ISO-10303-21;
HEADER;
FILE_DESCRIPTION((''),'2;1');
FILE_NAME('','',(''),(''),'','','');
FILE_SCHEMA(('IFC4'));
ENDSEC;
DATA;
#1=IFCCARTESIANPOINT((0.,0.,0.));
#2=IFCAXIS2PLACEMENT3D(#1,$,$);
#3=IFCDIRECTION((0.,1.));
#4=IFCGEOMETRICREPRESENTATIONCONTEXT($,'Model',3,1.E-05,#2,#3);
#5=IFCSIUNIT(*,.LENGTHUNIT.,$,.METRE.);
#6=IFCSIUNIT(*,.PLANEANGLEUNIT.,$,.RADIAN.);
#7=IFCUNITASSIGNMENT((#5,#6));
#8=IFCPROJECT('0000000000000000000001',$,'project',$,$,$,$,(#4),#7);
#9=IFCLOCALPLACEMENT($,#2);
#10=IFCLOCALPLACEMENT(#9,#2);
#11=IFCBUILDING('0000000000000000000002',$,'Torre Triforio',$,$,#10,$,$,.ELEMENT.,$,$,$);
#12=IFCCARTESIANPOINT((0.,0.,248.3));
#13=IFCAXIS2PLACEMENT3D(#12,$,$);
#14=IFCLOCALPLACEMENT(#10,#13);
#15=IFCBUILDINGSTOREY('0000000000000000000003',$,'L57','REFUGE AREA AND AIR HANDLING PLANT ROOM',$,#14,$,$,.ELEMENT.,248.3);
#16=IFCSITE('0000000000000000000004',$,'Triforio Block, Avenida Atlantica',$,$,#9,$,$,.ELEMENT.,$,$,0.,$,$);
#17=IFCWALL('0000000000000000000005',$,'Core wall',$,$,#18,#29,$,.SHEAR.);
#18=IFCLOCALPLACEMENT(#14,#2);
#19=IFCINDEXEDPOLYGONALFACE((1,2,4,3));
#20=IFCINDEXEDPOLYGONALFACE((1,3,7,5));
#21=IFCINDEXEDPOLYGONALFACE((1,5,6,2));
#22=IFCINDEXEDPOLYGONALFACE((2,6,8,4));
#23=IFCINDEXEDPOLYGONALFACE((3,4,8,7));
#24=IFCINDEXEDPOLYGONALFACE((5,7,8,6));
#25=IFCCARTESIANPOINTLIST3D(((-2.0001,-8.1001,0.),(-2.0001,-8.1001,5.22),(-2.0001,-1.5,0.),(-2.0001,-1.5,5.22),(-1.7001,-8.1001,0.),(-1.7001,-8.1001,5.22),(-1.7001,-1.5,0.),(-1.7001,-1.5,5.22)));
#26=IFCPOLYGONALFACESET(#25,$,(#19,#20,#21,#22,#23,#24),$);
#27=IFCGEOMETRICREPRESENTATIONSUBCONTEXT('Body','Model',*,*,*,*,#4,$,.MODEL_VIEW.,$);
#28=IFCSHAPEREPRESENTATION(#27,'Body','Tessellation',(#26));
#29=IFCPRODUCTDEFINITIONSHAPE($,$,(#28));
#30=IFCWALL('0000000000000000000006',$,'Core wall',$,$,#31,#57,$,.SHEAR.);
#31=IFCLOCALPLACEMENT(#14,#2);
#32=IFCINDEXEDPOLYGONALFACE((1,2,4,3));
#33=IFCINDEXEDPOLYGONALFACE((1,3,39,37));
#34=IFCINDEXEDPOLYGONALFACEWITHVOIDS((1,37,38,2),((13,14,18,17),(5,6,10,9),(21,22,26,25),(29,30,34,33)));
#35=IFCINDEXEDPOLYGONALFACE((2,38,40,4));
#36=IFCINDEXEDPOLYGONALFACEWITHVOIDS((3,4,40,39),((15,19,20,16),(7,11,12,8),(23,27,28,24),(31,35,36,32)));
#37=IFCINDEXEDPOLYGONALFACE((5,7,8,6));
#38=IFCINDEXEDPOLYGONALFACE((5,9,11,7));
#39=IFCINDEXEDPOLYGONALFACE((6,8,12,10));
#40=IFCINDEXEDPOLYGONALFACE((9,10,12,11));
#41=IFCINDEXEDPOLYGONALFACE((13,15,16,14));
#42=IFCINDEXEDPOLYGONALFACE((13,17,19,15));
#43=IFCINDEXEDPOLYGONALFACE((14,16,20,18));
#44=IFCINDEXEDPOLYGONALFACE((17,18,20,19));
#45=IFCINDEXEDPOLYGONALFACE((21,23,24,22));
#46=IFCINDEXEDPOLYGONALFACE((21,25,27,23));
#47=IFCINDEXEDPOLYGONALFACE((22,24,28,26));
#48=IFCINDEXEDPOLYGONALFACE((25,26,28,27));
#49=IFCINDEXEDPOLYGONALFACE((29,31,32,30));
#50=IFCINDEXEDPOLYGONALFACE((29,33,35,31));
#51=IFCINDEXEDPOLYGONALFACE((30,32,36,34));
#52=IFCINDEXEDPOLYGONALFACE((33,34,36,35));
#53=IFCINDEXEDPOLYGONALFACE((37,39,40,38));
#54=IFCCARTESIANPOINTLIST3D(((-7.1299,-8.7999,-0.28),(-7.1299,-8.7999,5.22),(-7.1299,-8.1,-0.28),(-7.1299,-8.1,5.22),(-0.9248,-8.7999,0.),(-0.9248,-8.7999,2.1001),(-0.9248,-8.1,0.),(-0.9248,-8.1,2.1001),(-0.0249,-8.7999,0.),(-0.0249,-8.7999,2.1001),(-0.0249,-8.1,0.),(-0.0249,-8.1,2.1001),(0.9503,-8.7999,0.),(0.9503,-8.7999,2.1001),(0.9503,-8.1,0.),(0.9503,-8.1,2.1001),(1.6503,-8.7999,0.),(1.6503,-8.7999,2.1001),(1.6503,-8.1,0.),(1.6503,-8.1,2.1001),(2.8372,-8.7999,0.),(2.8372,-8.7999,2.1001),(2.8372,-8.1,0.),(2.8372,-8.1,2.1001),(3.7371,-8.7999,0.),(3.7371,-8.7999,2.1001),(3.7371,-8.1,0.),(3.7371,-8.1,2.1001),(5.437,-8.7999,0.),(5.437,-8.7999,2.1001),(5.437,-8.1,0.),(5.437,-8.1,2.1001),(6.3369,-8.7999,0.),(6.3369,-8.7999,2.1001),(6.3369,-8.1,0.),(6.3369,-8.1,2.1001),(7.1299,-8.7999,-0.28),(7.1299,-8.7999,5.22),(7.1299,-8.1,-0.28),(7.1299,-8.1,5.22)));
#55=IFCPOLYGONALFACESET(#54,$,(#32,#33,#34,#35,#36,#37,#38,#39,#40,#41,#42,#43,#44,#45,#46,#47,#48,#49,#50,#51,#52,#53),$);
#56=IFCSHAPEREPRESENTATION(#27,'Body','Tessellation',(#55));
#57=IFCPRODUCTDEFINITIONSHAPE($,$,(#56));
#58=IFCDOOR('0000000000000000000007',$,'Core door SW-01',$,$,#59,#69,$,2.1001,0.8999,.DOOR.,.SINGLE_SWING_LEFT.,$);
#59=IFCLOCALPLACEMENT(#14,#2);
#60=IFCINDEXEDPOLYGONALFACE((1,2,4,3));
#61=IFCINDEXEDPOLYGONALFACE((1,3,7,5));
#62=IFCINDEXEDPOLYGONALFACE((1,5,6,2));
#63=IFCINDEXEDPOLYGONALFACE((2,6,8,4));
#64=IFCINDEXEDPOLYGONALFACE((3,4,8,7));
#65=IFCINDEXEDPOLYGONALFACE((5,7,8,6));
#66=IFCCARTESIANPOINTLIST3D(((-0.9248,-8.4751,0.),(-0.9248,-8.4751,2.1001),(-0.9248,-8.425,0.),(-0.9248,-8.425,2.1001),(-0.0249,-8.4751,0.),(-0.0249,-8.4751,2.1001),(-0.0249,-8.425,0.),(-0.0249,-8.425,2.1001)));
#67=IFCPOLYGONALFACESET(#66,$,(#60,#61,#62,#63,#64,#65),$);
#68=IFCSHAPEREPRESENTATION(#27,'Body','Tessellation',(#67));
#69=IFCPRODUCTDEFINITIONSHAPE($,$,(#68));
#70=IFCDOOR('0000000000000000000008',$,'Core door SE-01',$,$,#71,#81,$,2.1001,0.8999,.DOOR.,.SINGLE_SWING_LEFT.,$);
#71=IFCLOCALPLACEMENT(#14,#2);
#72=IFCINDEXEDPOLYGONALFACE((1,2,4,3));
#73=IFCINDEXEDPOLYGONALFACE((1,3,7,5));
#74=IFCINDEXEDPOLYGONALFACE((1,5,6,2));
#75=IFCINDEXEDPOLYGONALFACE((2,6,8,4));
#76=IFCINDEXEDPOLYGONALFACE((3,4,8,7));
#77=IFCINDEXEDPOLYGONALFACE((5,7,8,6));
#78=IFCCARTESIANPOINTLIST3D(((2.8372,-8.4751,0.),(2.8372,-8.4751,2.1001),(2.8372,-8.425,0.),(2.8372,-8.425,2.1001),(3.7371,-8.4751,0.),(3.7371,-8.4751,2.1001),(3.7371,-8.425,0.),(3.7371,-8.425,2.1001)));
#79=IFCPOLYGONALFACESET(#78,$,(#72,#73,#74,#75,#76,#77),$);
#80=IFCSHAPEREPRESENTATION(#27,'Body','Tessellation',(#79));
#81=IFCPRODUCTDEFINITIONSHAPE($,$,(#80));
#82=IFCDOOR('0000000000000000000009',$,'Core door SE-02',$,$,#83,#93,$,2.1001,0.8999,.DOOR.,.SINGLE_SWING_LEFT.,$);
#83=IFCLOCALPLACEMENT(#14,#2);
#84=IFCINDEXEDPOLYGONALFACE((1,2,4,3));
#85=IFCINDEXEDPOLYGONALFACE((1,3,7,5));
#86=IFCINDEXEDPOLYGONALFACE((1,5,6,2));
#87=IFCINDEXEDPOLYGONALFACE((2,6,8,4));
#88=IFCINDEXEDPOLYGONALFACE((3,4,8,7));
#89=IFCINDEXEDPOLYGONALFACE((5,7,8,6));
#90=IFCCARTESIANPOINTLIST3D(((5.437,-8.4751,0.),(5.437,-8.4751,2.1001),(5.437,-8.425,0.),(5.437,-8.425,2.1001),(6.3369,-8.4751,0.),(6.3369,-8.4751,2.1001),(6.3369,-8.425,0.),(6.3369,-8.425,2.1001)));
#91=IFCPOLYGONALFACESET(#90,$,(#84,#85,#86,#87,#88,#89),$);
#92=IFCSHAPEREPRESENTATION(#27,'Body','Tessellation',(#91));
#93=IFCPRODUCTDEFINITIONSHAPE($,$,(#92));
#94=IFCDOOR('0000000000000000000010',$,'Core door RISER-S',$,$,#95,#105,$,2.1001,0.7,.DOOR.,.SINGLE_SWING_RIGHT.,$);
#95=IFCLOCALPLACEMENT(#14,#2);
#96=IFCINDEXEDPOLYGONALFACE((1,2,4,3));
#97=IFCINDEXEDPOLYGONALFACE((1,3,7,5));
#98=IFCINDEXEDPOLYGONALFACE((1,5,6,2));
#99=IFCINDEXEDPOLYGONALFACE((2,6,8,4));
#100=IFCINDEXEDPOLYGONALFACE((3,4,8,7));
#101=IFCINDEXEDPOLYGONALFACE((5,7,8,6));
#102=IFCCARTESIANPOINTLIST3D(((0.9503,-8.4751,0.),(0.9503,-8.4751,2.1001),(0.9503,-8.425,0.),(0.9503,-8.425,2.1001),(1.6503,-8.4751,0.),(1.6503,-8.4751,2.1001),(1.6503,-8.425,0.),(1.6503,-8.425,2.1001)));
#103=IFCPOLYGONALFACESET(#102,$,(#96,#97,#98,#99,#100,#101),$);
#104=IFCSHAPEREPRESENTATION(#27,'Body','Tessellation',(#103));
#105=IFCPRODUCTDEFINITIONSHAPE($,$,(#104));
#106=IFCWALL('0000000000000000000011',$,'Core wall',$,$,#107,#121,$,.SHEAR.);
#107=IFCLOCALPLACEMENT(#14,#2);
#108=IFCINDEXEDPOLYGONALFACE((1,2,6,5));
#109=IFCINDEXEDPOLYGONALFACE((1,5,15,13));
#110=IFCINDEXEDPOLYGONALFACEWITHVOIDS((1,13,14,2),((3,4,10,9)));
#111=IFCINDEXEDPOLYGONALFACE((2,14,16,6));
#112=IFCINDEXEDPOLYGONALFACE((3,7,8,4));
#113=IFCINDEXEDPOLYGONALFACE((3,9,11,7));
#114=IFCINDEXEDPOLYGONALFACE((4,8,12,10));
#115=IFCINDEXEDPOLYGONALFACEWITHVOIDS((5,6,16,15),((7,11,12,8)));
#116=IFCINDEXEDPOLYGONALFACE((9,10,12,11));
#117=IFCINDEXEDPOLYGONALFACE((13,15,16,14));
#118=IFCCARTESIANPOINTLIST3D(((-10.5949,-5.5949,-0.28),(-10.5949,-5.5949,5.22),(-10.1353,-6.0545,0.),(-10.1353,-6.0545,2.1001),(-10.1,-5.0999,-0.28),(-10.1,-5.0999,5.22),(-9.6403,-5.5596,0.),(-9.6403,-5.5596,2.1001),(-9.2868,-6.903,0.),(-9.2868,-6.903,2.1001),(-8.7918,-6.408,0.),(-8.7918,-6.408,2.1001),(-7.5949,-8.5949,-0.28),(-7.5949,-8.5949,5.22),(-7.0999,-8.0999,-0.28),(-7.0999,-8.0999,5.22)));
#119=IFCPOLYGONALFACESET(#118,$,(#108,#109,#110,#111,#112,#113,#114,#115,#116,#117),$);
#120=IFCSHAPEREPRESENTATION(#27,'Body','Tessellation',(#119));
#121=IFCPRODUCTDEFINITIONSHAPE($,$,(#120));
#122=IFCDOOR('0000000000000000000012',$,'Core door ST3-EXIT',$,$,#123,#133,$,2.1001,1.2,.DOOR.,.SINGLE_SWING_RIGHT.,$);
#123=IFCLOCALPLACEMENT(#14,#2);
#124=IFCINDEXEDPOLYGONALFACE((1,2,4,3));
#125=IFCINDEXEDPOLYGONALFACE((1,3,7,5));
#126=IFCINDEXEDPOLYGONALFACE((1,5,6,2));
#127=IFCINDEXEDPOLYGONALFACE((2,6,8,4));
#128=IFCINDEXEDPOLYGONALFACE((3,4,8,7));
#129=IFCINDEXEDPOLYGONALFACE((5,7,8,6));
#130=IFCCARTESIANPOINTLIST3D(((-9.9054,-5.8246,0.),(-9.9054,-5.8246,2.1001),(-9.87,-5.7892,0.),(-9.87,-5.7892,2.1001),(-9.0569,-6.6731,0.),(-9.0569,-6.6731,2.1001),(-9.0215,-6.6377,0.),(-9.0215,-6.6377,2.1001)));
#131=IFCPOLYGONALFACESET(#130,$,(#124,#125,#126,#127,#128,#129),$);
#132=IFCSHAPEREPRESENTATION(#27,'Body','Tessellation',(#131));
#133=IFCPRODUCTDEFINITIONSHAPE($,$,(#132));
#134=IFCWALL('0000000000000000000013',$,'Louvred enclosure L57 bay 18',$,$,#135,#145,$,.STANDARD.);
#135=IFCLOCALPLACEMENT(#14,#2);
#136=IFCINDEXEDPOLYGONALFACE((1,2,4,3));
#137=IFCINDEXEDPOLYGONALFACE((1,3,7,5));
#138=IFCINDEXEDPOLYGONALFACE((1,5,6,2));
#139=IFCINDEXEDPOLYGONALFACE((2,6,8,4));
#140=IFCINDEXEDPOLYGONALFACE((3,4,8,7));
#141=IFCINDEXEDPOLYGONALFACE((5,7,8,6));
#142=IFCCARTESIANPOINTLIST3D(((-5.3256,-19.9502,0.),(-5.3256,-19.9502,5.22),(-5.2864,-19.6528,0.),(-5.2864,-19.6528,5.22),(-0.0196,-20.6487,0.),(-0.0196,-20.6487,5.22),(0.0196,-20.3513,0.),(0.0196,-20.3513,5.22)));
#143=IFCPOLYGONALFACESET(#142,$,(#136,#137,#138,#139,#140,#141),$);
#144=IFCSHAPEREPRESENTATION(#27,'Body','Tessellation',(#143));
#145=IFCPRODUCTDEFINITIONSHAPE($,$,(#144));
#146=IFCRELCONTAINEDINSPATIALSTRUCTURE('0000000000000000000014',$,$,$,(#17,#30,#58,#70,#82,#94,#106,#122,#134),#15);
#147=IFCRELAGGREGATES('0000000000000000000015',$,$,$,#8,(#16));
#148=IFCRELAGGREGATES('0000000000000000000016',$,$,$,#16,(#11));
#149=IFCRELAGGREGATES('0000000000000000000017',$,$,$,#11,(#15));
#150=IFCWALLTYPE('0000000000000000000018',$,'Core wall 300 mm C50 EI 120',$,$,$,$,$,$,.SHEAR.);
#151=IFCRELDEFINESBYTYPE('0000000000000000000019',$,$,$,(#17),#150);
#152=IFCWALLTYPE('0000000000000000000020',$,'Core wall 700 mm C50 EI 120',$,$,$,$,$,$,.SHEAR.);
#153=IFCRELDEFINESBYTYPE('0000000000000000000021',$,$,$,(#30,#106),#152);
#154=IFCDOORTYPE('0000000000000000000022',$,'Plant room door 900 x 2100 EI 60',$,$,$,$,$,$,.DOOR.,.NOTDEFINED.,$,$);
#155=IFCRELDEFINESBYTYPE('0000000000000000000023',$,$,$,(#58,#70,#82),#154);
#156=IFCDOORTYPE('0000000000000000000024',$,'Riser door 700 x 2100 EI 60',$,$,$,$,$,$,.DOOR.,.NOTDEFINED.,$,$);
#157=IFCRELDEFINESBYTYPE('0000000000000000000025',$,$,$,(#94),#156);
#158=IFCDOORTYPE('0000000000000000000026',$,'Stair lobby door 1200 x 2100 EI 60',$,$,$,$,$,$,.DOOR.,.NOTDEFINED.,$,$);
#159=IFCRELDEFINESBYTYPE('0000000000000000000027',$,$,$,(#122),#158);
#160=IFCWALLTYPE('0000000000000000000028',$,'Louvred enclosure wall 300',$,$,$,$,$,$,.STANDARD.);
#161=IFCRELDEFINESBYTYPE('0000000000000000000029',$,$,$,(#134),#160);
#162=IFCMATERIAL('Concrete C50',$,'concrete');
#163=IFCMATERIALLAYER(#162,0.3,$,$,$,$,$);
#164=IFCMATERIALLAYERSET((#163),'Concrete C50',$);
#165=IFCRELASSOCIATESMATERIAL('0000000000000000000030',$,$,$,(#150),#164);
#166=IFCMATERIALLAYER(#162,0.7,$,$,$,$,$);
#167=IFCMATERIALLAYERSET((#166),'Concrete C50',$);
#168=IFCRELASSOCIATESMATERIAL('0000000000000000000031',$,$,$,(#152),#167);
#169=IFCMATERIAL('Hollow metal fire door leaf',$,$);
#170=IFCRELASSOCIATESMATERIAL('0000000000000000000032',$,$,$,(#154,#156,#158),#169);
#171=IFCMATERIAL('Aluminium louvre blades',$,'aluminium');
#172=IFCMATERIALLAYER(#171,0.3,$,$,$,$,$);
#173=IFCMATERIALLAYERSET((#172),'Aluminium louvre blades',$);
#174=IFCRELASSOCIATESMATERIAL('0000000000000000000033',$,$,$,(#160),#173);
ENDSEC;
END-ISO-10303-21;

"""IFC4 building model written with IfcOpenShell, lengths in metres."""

from ifc_helpers import new_model, si_unit, direction, frame, frame_2d, origin, place, context, subcontext, project, spatial, rectangle, extrude, material, layer, layer_set, type_object, element, fill, save


model = new_model("IFC4")

# Units and contexts
model_context = context("Model", 3, precision=1e-05, world=origin(), true_north=direction((0.0, 1.0)))
body_context = subcontext(model_context, "Body", "Model", "MODEL_VIEW")
ifc_project = project(units=[si_unit("LENGTHUNIT", "METRE"), si_unit("PLANEANGLEUNIT", "RADIAN")], contexts=[model_context])

# Site, building, storey
site_placement = place(None, origin())
site = spatial("IfcSite", under=ifc_project, at=site_placement, Name="Triforio Block, Avenida Atlantica", CompositionType="ELEMENT", RefElevation=0.0)
building_placement = place(site_placement, origin())
building = spatial("IfcBuilding", under=site, at=building_placement, Name="Torre Triforio", CompositionType="ELEMENT")
storey_placement = place(building_placement, frame((0.0, 0.0, 248.3)))
storey = spatial("IfcBuildingStorey", under=building, at=storey_placement, Name="L57", Description="REFUGE AREA AND AIR HANDLING PLANT ROOM", CompositionType="ELEMENT", Elevation=248.3)

# Shared definitions
ifc_material_1 = material(Name="Concrete C50", Category="concrete")

# Wall
ifc_layer_1 = layer(ifc_material_1, 0.3)
ifc_layer_set_1 = layer_set([ifc_layer_1], Name="Concrete C50")
wall_type_1 = type_object("IfcWallType", Name="Core wall 300 mm C50 EI 120", PredefinedType="SHEAR", material=ifc_layer_set_1)
wall_1_placement = place(storey_placement, frame((-1.8501, -8.1001, 0.0), z_axis=(0.0, 0.0, 1.0), x_axis=(0.0, 1.0, 0.0)))
element("IfcWall", 1, at=wall_1_placement, inside=storey, type_object=wall_type_1, Name="Core wall", PredefinedType="SHEAR", context=body_context, shape_type="SweptSolid", body=[
    extrude(rectangle(XDim=6.6001, YDim=0.3, at=frame_2d((3.3, 0.0))), origin(), (0.0, 0.0, 1.0), 5.22),
])

# Wall, openings, doors
ifc_layer_2 = layer(ifc_material_1, 0.7)
ifc_layer_set_2 = layer_set([ifc_layer_2], Name="Concrete C50")
wall_type_2 = type_object("IfcWallType", Name="Core wall 700 mm C50 EI 120", PredefinedType="SHEAR", material=ifc_layer_set_2)
wall_2_placement = place(storey_placement, frame((-7.1299, -8.45, -0.28), z_axis=(0.0, 0.0, 1.0), x_axis=(1.0, 0.0, 0.0)))
wall_2 = element("IfcWall", 2, at=wall_2_placement, inside=storey, type_object=wall_type_2, Name="Core wall", PredefinedType="SHEAR", context=body_context, shape_type="SweptSolid", body=[
    extrude(rectangle(XDim=14.2598, YDim=0.7, at=frame_2d((7.1299, 0.0))), origin(), (0.0, 0.0, 1.0), 5.5),
])
opening_1_placement = place(wall_2_placement, frame((8.0801, 0.0, 0.28)))
opening_1 = element("IfcOpeningElement", 3, at=opening_1_placement, cuts=wall_2, PredefinedType="OPENING", context=body_context, shape_type="SweptSolid", body=[
    extrude(rectangle(XDim=0.7, YDim=2.1001, at=frame_2d((0.3501, 1.05))), frame((0.0, 0.3599, 0.0), z_axis=(0.0, -1.0, 0.0), x_axis=(1.0, 0.0, 0.0)), (0.0, 0.0, 1.0), 0.72),
])
opening_2_placement = place(wall_2_placement, frame((6.2051, 0.0, 0.28)))
opening_2 = element("IfcOpeningElement", 4, at=opening_2_placement, cuts=wall_2, PredefinedType="OPENING", context=body_context, shape_type="SweptSolid", body=[
    extrude(rectangle(XDim=0.8999, YDim=2.1001, at=frame_2d((0.45, 1.05))), frame((0.0, 0.3599, 0.0), z_axis=(0.0, -1.0, 0.0), x_axis=(1.0, 0.0, 0.0)), (0.0, 0.0, 1.0), 0.72),
])
opening_3_placement = place(wall_2_placement, frame((9.967, 0.0, 0.28)))
opening_3 = element("IfcOpeningElement", 5, at=opening_3_placement, cuts=wall_2, PredefinedType="OPENING", context=body_context, shape_type="SweptSolid", body=[
    extrude(rectangle(XDim=0.8999, YDim=2.1001, at=frame_2d((0.45, 1.05))), frame((0.0, 0.3599, 0.0), z_axis=(0.0, -1.0, 0.0), x_axis=(1.0, 0.0, 0.0)), (0.0, 0.0, 1.0), 0.72),
])
opening_4_placement = place(wall_2_placement, frame((12.5669, 0.0, 0.28)))
opening_4 = element("IfcOpeningElement", 6, at=opening_4_placement, cuts=wall_2, PredefinedType="OPENING", context=body_context, shape_type="SweptSolid", body=[
    extrude(rectangle(XDim=0.8999, YDim=2.1001, at=frame_2d((0.45, 1.05))), frame((0.0, 0.3599, 0.0), z_axis=(0.0, -1.0, 0.0), x_axis=(1.0, 0.0, 0.0)), (0.0, 0.0, 1.0), 0.72),
])
ifc_material_2 = material(Name="Hollow metal fire door leaf")
door_type_1 = type_object("IfcDoorType", Name="Plant room door 900 x 2100 EI 60", OperationType="NOTDEFINED", PredefinedType="DOOR", material=ifc_material_2)
door_1_placement = place(opening_2_placement, origin())
door_1 = element("IfcDoor", 7, at=door_1_placement, inside=storey, type_object=door_type_1, Name="Core door SW-01", OperationType="SINGLE_SWING_LEFT", OverallHeight=2.1001, OverallWidth=0.8999, PredefinedType="DOOR", context=body_context, shape_type="SweptSolid", body=[
    extrude(rectangle(XDim=0.8999, YDim=2.1001, at=frame_2d((0.45, 1.05))), frame((0.0, 0.0249, 0.0), z_axis=(0.0, -1.0, 0.0), x_axis=(1.0, 0.0, 0.0)), (0.0, 0.0, 1.0), 0.05),
])
fill(opening_2, door_1)
door_2_placement = place(opening_3_placement, origin())
door_2 = element("IfcDoor", 8, at=door_2_placement, inside=storey, type_object=door_type_1, Name="Core door SE-01", OperationType="SINGLE_SWING_LEFT", OverallHeight=2.1001, OverallWidth=0.8999, PredefinedType="DOOR", context=body_context, shape_type="SweptSolid", body=[
    extrude(rectangle(XDim=0.8999, YDim=2.1001, at=frame_2d((0.45, 1.05))), frame((0.0, 0.0249, 0.0), z_axis=(0.0, -1.0, 0.0), x_axis=(1.0, 0.0, 0.0)), (0.0, 0.0, 1.0), 0.05),
])
fill(opening_3, door_2)
door_3_placement = place(opening_4_placement, origin())
door_3 = element("IfcDoor", 9, at=door_3_placement, inside=storey, type_object=door_type_1, Name="Core door SE-02", OperationType="SINGLE_SWING_LEFT", OverallHeight=2.1001, OverallWidth=0.8999, PredefinedType="DOOR", context=body_context, shape_type="SweptSolid", body=[
    extrude(rectangle(XDim=0.8999, YDim=2.1001, at=frame_2d((0.45, 1.05))), frame((0.0, 0.0249, 0.0), z_axis=(0.0, -1.0, 0.0), x_axis=(1.0, 0.0, 0.0)), (0.0, 0.0, 1.0), 0.05),
])
fill(opening_4, door_3)
door_type_2 = type_object("IfcDoorType", Name="Riser door 700 x 2100 EI 60", OperationType="NOTDEFINED", PredefinedType="DOOR", material=ifc_material_2)
door_4_placement = place(opening_1_placement, origin())
door_4 = element("IfcDoor", 10, at=door_4_placement, inside=storey, type_object=door_type_2, Name="Core door RISER-S", OperationType="SINGLE_SWING_RIGHT", OverallHeight=2.1001, OverallWidth=0.7, PredefinedType="DOOR", context=body_context, shape_type="SweptSolid", body=[
    extrude(rectangle(XDim=0.7, YDim=2.1001, at=frame_2d((0.3501, 1.05))), frame((0.0, 0.0249, 0.0), z_axis=(0.0, -1.0, 0.0), x_axis=(1.0, 0.0, 0.0)), (0.0, 0.0, 1.0), 0.05),
])
fill(opening_1, door_4)

# Wall, opening, door
wall_3_placement = place(storey_placement, frame((-7.3474, -8.3474, -0.28), z_axis=(0.0, 0.0, 1.0), x_axis=(-0.707107, 0.707107, 0.0)))
wall_3 = element("IfcWall", 11, at=wall_3_placement, inside=storey, type_object=wall_type_2, Name="Core wall", PredefinedType="SHEAR", context=body_context, shape_type="SweptSolid", body=[
    extrude(rectangle(XDim=4.2427, YDim=0.7, at=frame_2d((2.1213, 0.0))), origin(), (0.0, 0.0, 1.0), 5.5),
])
opening_5_placement = place(wall_3_placement, frame((2.3926, 0.0, 0.28)))
opening_5 = element("IfcOpeningElement", 12, at=opening_5_placement, cuts=wall_3, PredefinedType="OPENING", context=body_context, shape_type="SweptSolid", body=[
    extrude(rectangle(XDim=1.2, YDim=2.1001, at=frame_2d((0.6001, 1.05))), frame((0.0, 0.3599, 0.0), z_axis=(0.0, -1.0, 0.0), x_axis=(1.0, 0.0, 0.0)), (0.0, 0.0, 1.0), 0.72),
])
door_type_3 = type_object("IfcDoorType", Name="Stair lobby door 1200 x 2100 EI 60", OperationType="NOTDEFINED", PredefinedType="DOOR", material=ifc_material_2)
door_5_placement = place(opening_5_placement, origin())
door_5 = element("IfcDoor", 13, at=door_5_placement, inside=storey, type_object=door_type_3, Name="Core door ST3-EXIT", OperationType="SINGLE_SWING_RIGHT", OverallHeight=2.1001, OverallWidth=1.2, PredefinedType="DOOR", context=body_context, shape_type="SweptSolid", body=[
    extrude(rectangle(XDim=1.2, YDim=2.1001, at=frame_2d((0.6001, 1.05))), frame((0.0, 0.0249, 0.0), z_axis=(0.0, -1.0, 0.0), x_axis=(1.0, 0.0, 0.0)), (0.0, 0.0, 1.0), 0.05),
])
fill(opening_5, door_5)
ifc_material_3 = material(Name="Aluminium louvre blades", Category="aluminium")
ifc_layer_3 = layer(ifc_material_3, 0.3)
ifc_layer_set_3 = layer_set([ifc_layer_3], Name="Aluminium louvre blades")
wall_type_3 = type_object("IfcWallType", Name="Louvred enclosure wall 300", PredefinedType="STANDARD", material=ifc_layer_set_3)

# Wall
wall_4_placement = place(storey_placement, frame((-5.3059, -19.8015, 0.0), z_axis=(0.0, 0.0, 1.0), x_axis=(0.991446, -0.130517, 0.0)))
element("IfcWall", 14, at=wall_4_placement, inside=storey, type_object=wall_type_3, Name="Louvred enclosure L57 bay 18", PredefinedType="STANDARD", context=body_context, shape_type="SweptSolid", body=[
    extrude(rectangle(XDim=5.3518, YDim=0.3, at=frame_2d((2.6758, 0.0))), origin(), (0.0, 0.0, 1.0), 5.22),
])

save(model, "model.ifc")
